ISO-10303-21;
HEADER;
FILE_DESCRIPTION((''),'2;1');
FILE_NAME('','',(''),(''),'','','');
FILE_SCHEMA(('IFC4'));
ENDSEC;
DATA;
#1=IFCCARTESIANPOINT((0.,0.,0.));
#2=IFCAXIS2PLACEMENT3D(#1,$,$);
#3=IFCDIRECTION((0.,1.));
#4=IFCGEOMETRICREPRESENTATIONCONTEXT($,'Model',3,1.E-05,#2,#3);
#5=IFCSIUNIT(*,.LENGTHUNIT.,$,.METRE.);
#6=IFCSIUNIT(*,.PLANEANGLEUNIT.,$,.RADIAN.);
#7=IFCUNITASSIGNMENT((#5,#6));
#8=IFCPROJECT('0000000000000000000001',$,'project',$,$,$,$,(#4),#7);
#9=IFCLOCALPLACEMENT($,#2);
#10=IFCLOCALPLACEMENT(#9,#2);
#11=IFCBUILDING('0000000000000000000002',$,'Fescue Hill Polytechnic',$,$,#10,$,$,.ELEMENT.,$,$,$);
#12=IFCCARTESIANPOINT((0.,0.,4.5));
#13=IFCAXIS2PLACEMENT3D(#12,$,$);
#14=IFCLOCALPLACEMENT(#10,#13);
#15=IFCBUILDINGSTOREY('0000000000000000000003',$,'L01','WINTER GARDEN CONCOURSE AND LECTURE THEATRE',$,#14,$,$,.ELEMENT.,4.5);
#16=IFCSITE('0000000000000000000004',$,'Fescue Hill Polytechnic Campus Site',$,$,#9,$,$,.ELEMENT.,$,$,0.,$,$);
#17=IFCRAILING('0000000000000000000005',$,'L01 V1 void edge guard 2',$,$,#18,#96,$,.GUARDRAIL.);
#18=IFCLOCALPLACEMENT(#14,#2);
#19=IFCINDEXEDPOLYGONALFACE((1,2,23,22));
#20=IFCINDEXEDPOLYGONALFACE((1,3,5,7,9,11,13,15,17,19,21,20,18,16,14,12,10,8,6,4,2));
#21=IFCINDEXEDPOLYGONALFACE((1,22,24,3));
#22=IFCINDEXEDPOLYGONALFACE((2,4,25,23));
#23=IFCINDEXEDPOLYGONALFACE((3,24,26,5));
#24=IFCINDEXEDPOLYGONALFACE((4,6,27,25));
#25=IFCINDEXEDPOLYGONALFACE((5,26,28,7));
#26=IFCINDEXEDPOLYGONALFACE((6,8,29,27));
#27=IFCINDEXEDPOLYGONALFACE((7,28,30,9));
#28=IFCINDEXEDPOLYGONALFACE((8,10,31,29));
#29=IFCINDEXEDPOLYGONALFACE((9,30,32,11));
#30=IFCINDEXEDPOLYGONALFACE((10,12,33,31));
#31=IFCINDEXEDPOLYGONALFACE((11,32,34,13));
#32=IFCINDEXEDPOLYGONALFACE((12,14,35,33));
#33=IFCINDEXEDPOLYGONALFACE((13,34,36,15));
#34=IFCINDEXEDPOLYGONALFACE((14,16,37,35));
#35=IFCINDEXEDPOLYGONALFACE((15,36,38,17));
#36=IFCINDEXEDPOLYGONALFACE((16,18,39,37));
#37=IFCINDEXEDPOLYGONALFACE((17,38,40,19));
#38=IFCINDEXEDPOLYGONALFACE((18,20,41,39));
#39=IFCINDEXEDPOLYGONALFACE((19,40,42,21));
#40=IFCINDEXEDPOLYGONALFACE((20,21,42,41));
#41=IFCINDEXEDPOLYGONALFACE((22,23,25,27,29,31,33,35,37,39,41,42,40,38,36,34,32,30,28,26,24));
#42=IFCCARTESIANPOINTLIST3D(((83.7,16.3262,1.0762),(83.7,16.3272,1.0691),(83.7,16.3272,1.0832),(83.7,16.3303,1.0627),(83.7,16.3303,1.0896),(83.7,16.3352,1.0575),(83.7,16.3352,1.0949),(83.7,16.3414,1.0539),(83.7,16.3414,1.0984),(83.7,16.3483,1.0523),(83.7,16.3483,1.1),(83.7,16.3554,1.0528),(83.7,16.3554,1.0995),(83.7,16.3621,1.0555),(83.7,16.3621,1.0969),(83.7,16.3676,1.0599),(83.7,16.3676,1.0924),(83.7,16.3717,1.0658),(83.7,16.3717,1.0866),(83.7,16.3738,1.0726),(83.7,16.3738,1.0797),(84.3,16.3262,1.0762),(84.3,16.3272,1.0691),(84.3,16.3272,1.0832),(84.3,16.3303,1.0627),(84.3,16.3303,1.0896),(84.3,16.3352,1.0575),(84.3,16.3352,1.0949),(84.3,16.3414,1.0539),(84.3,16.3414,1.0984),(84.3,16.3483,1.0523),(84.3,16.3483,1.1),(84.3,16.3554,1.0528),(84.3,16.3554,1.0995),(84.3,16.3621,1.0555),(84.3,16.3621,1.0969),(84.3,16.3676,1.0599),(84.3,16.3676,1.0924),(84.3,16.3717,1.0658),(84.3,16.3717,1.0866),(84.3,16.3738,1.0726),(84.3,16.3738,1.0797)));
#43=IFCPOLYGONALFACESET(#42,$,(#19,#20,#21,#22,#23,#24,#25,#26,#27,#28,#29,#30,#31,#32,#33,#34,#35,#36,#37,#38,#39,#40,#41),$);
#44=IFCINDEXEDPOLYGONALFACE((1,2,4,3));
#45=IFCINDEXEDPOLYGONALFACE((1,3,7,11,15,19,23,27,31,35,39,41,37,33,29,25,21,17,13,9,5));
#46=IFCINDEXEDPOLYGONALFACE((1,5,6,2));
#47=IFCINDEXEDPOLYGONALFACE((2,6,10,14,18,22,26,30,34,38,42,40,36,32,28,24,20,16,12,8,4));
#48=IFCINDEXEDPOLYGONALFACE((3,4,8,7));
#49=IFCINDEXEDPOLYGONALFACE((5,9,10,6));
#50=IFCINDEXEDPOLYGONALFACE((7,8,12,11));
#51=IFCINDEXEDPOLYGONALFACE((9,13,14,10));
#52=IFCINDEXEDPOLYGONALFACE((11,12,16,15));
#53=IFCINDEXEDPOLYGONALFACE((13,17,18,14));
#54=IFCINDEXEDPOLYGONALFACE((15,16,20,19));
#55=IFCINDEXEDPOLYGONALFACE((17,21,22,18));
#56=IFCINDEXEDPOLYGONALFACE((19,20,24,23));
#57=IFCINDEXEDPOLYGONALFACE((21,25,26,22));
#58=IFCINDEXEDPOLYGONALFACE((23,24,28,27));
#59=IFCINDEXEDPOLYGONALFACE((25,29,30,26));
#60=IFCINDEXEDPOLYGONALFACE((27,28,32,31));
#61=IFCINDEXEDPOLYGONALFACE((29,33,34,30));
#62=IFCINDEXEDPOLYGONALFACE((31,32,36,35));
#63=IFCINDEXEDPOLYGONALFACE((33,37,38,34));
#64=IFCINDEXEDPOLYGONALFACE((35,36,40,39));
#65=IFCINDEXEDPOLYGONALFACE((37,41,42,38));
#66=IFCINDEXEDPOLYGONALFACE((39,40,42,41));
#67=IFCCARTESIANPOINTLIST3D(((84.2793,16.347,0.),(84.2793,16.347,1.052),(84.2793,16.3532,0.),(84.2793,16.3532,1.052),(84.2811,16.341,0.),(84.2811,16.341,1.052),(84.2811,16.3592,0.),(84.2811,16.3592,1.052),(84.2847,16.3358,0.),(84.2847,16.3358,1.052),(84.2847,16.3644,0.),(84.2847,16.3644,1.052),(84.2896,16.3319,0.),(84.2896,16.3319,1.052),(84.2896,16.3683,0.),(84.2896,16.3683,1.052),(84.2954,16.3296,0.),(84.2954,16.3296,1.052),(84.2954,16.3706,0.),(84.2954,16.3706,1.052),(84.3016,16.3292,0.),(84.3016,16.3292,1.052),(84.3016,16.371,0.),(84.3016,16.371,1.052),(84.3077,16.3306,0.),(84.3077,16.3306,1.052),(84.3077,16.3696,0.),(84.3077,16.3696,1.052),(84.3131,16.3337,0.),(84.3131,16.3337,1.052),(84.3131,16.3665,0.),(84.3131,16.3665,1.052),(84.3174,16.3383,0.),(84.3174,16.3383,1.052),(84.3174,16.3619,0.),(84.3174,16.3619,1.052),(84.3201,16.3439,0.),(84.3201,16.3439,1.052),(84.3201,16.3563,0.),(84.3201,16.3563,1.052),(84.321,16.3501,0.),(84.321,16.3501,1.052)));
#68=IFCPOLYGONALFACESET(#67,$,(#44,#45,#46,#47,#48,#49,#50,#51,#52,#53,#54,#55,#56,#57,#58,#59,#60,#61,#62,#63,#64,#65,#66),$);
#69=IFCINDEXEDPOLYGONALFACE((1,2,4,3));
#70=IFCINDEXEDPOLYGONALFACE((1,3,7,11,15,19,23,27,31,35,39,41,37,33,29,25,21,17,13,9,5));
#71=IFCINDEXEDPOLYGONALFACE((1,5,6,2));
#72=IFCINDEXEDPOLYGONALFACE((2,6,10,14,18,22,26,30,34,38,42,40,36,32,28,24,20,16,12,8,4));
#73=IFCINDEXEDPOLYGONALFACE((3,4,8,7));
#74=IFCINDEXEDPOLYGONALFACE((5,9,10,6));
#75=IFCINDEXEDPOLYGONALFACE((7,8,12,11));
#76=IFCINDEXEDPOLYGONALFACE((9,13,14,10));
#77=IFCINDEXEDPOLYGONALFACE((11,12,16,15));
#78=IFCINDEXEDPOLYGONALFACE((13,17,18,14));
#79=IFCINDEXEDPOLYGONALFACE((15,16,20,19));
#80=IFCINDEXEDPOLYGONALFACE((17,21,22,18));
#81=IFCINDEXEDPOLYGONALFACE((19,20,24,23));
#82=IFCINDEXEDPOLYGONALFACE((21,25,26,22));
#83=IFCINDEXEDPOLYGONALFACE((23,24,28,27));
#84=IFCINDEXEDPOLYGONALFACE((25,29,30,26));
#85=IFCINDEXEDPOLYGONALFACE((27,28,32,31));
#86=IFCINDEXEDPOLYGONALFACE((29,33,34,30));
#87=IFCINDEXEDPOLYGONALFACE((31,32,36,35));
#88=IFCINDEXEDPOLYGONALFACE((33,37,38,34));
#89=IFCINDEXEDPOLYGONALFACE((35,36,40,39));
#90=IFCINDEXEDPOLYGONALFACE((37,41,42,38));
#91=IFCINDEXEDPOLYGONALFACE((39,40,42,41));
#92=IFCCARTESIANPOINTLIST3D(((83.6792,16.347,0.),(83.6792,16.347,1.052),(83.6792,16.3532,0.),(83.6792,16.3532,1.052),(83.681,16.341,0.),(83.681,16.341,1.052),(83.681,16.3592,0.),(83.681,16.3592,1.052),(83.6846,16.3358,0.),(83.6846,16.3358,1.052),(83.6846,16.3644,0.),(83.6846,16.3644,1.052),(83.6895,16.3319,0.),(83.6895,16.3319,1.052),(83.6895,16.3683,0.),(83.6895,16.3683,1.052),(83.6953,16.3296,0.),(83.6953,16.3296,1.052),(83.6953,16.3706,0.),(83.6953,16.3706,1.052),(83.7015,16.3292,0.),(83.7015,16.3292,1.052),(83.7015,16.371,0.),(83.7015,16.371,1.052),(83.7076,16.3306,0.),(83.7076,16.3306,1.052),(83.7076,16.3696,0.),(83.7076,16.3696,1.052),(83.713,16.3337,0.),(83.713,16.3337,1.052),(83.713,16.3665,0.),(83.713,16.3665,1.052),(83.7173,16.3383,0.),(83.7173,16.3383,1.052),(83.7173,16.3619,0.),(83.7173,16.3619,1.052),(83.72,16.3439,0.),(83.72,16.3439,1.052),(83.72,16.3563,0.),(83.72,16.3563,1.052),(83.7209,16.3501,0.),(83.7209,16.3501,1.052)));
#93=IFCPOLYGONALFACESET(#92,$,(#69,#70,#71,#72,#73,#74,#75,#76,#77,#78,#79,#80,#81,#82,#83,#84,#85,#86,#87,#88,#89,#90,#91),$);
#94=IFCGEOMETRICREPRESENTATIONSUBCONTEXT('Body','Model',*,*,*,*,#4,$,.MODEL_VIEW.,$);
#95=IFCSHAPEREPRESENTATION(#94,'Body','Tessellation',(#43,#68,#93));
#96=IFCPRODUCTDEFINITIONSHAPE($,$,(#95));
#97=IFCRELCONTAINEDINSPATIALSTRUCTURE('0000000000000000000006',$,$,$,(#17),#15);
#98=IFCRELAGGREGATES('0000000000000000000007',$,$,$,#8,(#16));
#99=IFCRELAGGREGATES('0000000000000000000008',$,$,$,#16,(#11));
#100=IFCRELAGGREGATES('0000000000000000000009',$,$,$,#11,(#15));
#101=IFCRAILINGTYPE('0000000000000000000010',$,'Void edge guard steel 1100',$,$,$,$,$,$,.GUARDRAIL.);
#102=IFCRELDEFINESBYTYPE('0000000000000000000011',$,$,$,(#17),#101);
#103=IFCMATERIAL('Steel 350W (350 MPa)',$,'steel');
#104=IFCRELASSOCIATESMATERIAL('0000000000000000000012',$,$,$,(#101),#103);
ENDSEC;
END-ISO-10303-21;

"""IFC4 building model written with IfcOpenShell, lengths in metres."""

from ifc_helpers import new_model, si_unit, direction, frame, origin, origin_2d, place, context, subcontext, project, spatial, circle, extrude, material, type_object, element, save


model = new_model("IFC4")

# Units and contexts
model_context = context("Model", 3, precision=1e-05, world=origin(), true_north=direction((0.0, 1.0)))
body_context = subcontext(model_context, "Body", "Model", "MODEL_VIEW")
ifc_project = project(units=[si_unit("LENGTHUNIT", "METRE"), si_unit("PLANEANGLEUNIT", "RADIAN")], contexts=[model_context])

# Site, building, storey
site_placement = place(None, origin())
site = spatial("IfcSite", under=ifc_project, at=site_placement, Name="Fescue Hill Polytechnic Campus Site", CompositionType="ELEMENT", RefElevation=0.0)
building_placement = place(site_placement, origin())
building = spatial("IfcBuilding", under=site, at=building_placement, Name="Fescue Hill Polytechnic", CompositionType="ELEMENT")
storey_placement = place(building_placement, frame((0.0, 0.0, 4.5)))
storey = spatial("IfcBuildingStorey", under=building, at=storey_placement, Name="L01", Description="WINTER GARDEN CONCOURSE AND LECTURE THEATRE", CompositionType="ELEMENT", Elevation=4.5)

# Railing
ifc_material_1 = material(Name="Steel 350W (350 MPa)", Category="steel")
railing_type_1 = type_object("IfcRailingType", Name="Void edge guard steel 1100", PredefinedType="GUARDRAIL", material=ifc_material_1)
railing_1_placement = place(storey_placement, frame((84.3, 16.3501, 0.0)))
element("IfcRailing", 1, at=railing_1_placement, inside=storey, type_object=railing_type_1, Name="L01 V1 void edge guard 2", PredefinedType="GUARDRAIL", context=body_context, shape_type="SweptSolid", body=[
    extrude(circle(Radius=0.0239, at=origin_2d()), frame((0.0, 0.0, 1.0762), z_axis=(-1.0, 0.0, 0.0), x_axis=(0.0, -1.0, 0.0)), (0.0, 0.0, 1.0), 0.6001),
    extrude(circle(Radius=0.021, at=origin_2d()), origin(), (0.0, 0.0, 1.0), 1.052),
    extrude(circle(Radius=0.021, at=origin_2d()), frame((-0.6001, 0.0, 0.0)), (0.0, 0.0, 1.0), 1.052),
])

save(model, "model.ifc")
